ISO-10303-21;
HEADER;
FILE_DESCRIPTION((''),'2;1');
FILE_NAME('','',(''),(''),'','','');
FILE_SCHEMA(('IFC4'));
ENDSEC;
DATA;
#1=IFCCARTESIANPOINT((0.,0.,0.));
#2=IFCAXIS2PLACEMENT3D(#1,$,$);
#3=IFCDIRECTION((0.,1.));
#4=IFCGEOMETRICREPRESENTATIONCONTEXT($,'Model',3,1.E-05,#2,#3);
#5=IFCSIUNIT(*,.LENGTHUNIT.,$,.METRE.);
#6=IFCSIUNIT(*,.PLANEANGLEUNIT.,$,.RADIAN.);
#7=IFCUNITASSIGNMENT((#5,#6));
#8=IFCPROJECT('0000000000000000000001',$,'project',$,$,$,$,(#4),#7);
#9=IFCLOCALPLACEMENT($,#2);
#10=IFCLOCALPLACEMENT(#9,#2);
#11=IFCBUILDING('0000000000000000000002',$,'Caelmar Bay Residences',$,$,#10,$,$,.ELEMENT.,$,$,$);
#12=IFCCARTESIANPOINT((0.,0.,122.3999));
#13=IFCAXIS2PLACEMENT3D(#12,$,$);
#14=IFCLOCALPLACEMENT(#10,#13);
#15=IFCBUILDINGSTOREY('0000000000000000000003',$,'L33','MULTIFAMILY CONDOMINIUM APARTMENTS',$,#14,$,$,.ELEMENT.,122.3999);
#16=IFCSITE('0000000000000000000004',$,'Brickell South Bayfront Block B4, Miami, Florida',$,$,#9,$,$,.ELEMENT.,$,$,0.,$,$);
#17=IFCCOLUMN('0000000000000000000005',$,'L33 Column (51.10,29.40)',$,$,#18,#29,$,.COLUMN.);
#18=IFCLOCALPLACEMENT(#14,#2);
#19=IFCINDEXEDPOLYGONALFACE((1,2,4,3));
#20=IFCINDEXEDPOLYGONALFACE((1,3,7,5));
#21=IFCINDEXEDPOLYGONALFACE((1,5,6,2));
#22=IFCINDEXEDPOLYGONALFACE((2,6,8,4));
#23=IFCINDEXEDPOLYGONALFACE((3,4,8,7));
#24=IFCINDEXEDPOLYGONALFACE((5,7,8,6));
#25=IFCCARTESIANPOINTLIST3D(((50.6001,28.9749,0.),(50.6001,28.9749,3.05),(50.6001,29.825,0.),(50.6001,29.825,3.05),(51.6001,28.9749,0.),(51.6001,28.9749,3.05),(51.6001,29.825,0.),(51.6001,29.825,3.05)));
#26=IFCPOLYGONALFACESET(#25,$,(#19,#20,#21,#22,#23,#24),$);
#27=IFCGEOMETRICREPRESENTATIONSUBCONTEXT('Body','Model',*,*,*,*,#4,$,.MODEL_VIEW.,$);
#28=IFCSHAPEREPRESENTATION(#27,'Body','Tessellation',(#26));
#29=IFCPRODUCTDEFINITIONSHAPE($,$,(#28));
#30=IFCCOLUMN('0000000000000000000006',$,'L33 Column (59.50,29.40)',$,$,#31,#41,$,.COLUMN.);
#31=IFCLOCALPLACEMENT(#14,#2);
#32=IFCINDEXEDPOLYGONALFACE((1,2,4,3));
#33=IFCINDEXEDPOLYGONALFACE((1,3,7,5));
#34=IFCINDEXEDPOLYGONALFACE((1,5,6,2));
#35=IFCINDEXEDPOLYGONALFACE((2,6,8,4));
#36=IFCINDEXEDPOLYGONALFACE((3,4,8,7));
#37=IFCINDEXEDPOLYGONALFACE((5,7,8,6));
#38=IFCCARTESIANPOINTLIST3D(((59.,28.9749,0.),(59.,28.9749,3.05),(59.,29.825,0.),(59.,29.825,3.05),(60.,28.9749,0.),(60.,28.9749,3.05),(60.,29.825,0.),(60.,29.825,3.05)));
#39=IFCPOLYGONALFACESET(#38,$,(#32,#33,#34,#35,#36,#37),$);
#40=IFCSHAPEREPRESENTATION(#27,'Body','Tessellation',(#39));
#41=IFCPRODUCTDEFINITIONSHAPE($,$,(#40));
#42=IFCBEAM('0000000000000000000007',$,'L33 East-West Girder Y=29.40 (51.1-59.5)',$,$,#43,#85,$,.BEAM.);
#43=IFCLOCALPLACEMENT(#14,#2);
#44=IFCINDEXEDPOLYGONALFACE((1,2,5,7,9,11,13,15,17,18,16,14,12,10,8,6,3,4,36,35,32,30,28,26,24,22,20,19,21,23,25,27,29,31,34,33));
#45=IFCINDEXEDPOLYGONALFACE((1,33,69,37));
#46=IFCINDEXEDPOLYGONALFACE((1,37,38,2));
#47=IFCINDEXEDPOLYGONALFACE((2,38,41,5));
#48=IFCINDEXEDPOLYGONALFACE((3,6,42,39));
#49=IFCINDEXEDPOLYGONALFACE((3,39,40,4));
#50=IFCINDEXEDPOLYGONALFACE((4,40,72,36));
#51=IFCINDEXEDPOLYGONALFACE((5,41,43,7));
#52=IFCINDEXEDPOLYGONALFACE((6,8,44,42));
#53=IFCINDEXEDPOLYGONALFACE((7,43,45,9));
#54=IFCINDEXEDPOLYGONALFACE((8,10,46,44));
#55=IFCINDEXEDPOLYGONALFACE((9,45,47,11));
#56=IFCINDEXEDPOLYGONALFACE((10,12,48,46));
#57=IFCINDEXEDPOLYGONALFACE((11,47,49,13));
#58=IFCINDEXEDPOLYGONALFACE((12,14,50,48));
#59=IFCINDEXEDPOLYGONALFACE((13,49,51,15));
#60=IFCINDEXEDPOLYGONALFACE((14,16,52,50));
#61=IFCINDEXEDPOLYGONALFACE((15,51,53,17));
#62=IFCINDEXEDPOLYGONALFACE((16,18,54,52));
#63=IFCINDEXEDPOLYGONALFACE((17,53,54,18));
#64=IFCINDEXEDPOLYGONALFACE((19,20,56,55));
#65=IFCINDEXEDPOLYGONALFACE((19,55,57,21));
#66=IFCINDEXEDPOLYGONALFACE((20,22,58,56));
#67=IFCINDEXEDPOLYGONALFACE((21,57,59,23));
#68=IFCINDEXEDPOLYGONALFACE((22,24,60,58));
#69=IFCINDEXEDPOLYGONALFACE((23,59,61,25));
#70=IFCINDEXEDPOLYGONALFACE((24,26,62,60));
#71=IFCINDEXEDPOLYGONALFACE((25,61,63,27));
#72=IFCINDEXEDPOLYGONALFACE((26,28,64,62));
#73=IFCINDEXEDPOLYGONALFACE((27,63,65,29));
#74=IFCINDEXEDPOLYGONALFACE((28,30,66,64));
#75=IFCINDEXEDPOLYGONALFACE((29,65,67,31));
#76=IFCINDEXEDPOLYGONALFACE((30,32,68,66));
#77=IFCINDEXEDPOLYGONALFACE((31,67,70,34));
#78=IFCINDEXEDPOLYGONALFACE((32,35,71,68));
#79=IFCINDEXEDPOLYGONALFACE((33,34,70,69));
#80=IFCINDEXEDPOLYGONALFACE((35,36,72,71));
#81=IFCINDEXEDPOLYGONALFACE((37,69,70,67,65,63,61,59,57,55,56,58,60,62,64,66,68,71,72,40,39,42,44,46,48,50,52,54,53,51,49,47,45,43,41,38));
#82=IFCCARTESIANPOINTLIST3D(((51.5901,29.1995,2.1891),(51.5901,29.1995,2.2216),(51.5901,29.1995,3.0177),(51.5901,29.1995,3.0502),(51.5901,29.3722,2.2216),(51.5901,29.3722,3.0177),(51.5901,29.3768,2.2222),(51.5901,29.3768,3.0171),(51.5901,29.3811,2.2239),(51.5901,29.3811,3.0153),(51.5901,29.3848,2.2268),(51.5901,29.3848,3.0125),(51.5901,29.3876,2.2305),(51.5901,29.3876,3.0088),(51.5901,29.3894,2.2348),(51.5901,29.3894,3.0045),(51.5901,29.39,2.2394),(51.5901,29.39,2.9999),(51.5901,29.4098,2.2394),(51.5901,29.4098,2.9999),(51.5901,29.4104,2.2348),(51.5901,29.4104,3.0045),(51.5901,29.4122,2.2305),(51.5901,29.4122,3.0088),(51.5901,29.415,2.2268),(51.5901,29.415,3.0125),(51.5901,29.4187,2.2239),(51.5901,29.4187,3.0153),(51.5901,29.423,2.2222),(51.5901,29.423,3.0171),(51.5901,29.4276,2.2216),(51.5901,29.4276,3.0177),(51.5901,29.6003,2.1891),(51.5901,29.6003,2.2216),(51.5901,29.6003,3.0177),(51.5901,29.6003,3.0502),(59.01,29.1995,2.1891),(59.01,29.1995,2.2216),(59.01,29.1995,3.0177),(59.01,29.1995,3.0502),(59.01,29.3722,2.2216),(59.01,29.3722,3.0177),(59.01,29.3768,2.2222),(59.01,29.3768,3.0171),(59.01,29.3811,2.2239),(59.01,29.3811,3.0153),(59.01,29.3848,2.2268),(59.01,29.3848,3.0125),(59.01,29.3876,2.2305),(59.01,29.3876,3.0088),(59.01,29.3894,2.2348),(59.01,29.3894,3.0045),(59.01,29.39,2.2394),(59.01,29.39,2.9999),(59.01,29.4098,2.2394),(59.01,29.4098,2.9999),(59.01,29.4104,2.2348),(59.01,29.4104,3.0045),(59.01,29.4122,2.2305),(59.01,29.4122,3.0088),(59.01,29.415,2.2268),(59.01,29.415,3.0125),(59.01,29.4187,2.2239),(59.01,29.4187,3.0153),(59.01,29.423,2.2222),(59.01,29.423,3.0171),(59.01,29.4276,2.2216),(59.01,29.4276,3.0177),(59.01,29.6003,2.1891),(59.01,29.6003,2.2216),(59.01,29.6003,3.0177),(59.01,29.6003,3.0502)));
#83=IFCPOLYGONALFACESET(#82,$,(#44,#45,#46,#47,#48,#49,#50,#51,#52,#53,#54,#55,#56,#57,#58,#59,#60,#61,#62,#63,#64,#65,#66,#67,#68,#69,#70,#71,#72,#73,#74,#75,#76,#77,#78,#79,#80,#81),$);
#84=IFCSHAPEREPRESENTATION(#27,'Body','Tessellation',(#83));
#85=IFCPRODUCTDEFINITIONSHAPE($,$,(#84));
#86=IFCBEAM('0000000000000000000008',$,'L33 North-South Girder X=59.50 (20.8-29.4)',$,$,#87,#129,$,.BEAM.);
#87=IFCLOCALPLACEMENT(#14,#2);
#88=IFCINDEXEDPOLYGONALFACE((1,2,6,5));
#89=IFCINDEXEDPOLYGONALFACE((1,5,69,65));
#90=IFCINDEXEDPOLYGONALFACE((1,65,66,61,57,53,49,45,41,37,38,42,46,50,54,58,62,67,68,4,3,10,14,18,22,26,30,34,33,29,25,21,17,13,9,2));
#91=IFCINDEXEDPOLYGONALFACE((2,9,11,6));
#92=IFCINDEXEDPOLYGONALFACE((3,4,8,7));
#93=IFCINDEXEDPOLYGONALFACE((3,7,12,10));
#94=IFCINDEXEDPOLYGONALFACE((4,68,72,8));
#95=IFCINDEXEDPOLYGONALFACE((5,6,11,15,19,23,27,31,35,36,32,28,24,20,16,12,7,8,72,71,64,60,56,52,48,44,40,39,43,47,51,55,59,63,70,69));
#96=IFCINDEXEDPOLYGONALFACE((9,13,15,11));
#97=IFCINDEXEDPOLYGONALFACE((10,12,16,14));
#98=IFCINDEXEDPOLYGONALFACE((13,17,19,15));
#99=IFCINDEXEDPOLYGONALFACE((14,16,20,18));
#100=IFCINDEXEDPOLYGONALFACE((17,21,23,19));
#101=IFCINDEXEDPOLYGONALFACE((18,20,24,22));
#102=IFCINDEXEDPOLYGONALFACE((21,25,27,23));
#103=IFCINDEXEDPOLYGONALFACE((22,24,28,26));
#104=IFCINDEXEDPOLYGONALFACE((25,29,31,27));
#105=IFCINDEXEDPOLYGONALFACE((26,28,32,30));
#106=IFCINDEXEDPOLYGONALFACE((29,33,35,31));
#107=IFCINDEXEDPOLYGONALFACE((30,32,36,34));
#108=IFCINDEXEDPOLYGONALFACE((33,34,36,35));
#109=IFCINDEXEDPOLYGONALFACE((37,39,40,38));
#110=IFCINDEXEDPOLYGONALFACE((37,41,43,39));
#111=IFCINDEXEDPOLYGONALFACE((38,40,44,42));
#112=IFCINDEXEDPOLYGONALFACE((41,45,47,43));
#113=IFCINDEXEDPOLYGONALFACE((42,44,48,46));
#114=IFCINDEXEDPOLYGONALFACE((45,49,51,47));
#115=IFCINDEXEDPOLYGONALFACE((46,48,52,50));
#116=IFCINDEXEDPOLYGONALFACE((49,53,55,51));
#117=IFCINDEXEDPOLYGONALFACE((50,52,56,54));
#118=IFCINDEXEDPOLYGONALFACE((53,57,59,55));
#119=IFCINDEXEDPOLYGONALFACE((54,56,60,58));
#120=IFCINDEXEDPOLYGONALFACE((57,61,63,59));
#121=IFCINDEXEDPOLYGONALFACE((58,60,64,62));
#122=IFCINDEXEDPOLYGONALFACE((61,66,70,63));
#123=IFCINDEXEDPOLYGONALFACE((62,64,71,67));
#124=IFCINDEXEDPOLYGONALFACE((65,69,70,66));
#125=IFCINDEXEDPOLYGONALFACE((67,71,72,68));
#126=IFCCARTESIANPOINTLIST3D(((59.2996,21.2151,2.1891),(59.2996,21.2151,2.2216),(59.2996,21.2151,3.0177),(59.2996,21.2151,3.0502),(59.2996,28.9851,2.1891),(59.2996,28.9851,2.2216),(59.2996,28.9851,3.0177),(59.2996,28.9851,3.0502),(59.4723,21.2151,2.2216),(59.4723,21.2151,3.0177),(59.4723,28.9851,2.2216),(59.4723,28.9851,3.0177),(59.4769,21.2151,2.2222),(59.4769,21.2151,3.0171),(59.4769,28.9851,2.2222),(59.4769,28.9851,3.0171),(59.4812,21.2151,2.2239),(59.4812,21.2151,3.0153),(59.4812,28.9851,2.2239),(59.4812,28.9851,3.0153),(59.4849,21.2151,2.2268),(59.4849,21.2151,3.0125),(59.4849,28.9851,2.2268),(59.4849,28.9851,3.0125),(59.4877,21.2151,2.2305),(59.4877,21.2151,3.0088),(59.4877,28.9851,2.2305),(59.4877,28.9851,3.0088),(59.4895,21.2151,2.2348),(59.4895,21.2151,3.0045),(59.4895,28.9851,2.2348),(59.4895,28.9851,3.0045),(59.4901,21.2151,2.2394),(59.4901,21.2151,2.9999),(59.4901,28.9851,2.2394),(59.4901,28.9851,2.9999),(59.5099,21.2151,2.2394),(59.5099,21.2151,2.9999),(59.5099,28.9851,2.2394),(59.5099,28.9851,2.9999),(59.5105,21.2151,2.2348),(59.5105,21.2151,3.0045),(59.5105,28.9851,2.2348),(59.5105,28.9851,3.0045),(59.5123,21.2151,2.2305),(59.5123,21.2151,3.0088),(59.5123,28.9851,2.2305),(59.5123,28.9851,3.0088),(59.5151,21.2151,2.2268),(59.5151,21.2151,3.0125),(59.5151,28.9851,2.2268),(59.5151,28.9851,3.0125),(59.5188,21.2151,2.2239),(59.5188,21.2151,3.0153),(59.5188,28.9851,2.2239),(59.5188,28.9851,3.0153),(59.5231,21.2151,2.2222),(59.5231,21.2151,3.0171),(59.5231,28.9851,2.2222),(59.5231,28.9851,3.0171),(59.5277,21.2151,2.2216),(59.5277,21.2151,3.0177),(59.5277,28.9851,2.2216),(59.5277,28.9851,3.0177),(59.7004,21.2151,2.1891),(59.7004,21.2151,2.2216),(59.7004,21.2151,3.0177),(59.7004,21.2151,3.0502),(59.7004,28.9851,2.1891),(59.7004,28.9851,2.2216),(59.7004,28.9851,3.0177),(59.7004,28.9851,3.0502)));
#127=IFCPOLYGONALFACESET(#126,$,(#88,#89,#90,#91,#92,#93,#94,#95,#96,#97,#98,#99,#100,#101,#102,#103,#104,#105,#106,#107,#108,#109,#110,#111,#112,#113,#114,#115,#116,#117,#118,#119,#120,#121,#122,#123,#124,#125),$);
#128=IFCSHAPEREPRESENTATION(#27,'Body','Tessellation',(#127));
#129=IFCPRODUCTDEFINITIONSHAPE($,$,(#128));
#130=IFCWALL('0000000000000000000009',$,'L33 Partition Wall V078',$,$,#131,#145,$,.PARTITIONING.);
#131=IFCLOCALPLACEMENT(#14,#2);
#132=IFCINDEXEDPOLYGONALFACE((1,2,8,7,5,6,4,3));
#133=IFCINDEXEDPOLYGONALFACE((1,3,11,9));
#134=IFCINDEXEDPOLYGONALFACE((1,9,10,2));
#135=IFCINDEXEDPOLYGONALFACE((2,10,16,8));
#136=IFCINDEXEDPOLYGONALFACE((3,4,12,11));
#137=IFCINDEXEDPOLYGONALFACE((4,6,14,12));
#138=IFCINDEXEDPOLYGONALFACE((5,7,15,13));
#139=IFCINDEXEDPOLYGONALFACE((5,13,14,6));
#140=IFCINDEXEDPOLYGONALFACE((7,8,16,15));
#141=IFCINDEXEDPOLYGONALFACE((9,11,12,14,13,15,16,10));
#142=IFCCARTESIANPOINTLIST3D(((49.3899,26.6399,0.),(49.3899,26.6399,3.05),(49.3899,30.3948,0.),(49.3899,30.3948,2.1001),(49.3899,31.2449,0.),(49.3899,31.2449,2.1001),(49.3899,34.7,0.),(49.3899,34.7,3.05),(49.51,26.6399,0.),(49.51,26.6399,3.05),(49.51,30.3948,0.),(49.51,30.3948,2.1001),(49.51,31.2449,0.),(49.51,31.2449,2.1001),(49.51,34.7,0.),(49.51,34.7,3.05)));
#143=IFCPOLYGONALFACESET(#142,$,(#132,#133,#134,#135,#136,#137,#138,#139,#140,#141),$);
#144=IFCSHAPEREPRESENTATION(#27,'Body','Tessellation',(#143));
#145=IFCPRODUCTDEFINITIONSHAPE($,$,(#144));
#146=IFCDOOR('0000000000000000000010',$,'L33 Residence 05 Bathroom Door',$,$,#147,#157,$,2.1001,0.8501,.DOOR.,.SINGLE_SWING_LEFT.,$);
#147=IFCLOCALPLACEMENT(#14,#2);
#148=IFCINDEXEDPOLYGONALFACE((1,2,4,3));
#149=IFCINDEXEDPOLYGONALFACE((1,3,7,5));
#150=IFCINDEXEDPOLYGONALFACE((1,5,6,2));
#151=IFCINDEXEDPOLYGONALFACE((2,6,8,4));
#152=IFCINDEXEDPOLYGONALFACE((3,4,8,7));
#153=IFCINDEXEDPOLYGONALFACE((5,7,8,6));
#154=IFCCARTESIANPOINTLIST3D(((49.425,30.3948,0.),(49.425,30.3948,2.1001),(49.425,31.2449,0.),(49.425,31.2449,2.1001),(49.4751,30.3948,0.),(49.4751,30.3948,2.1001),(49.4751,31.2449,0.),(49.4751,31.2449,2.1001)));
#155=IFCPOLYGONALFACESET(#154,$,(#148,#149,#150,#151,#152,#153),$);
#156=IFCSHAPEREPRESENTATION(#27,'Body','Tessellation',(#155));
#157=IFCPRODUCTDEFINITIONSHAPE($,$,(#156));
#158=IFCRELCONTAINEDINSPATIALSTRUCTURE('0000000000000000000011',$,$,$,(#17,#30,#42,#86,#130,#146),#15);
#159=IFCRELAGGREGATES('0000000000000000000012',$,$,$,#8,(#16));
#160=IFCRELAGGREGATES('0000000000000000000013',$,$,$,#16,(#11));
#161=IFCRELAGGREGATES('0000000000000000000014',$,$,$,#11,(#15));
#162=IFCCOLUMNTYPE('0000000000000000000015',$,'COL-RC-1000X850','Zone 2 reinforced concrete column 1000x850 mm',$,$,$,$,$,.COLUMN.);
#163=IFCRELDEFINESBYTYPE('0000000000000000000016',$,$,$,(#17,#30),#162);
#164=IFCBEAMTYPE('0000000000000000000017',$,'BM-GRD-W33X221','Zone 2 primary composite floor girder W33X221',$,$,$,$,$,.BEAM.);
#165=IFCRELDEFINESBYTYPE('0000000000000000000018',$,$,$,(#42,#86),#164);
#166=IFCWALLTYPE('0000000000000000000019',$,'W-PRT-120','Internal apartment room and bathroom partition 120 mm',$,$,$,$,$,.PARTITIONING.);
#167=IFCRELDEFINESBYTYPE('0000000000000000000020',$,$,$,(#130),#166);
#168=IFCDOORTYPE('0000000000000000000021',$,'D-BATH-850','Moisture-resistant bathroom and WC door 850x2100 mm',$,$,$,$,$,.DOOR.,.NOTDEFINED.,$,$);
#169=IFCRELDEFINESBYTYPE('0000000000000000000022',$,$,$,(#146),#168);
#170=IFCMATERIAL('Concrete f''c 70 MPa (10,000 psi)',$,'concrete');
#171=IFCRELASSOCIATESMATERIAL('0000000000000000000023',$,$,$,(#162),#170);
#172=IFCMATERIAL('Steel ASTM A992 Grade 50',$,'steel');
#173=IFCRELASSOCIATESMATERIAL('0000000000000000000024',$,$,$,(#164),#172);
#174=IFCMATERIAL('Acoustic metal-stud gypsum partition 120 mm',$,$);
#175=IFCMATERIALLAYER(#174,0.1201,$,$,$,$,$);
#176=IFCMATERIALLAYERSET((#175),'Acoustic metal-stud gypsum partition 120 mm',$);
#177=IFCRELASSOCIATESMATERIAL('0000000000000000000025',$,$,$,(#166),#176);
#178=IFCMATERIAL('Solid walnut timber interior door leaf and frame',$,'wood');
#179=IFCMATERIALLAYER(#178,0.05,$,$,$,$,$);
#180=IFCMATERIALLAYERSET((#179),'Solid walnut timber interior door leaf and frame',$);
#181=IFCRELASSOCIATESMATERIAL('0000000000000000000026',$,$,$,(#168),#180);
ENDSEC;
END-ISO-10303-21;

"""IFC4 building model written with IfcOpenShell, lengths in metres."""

from ifc_helpers import new_model, si_unit, direction, frame, frame_2d, origin, origin_2d, place, context, subcontext, project, spatial, rectangle, i_section, extrude, material, layer, layer_set, material_profile, profile_set, type_object, element, fill, save


model = new_model("IFC4")

# Units and contexts
model_context = context("Model", 3, precision=1e-05, world=origin(), true_north=direction((0.0, 1.0)))
body_context = subcontext(model_context, "Body", "Model", "MODEL_VIEW")
ifc_project = project(units=[si_unit("LENGTHUNIT", "METRE"), si_unit("PLANEANGLEUNIT", "RADIAN")], contexts=[model_context])

# Site, building, storey
site_placement = place(None, origin())
site = spatial("IfcSite", under=ifc_project, at=site_placement, Name="Brickell South Bayfront Block B4, Miami, Florida", CompositionType="ELEMENT", RefElevation=0.0)
building_placement = place(site_placement, origin())
building = spatial("IfcBuilding", under=site, at=building_placement, Name="Caelmar Bay Residences", CompositionType="ELEMENT")
storey_placement = place(building_placement, frame((0.0, 0.0, 122.3999)))
storey = spatial("IfcBuildingStorey", under=building, at=storey_placement, Name="L33", Description="MULTIFAMILY CONDOMINIUM APARTMENTS", CompositionType="ELEMENT", Elevation=122.3999)

# Columns
ifc_material_1 = material(Name="Concrete f'c 70 MPa (10,000 psi)", Category="concrete")
ifc_material_profile_1 = material_profile(ifc_material_1, rectangle(XDim=1.0, YDim=0.8501, at=origin_2d()), Name="RC-COL-1000X850")
ifc_profile_set_1 = profile_set([ifc_material_profile_1], Name="Concrete f'c 70 MPa (10,000 psi)")
column_type = type_object("IfcColumnType", Name="COL-RC-1000X850", Description="Zone 2 reinforced concrete column 1000x850 mm", PredefinedType="COLUMN", material=ifc_profile_set_1)
for number, where, z_axis, x_axis, name in (
    (1, (51.1001, 29.3999, 0.0), (0.0, 0.0, 1.0), (1.0, 0.0, 0.0), "L33 Column (51.10,29.40)"),
    (2, (59.5, 29.3999, 0.0), (0.0, 0.0, 1.0), (1.0, 0.0, 0.0), "L33 Column (59.50,29.40)"),
):
    element("IfcColumn", number, at=place(storey_placement, frame(where, z_axis=z_axis, x_axis=x_axis)), inside=storey, type_object=column_type, Name=name, PredefinedType="COLUMN", context=body_context, shape_type="SweptSolid", body=[
        extrude(rectangle(XDim=1.0, YDim=0.8501, at=origin_2d()), origin(), (0.0, 0.0, 1.0), 3.05),
    ])

# Beams
ifc_material_2 = material(Name="Steel ASTM A992 Grade 50", Category="steel")
ifc_material_profile_2 = material_profile(ifc_material_2, i_section(OverallWidth=0.4009, OverallDepth=0.8611, WebThickness=0.0198, FlangeThickness=0.0325, FilletRadius=0.0178, at=origin_2d()), Name="W33X221")
ifc_profile_set_2 = profile_set([ifc_material_profile_2], Name="Steel ASTM A992 Grade 50")
beam_type = type_object("IfcBeamType", Name="BM-GRD-W33X221", Description="Zone 2 primary composite floor girder W33X221", PredefinedType="BEAM", material=ifc_profile_set_2)
beam_1_placement = place(storey_placement, frame((51.5901, 29.3999, 2.6196), z_axis=(1.0, 0.0, 0.0), x_axis=(0.0, 1.0, 0.0)))
element("IfcBeam", 3, at=beam_1_placement, inside=storey, type_object=beam_type, Name="L33 East-West Girder Y=29.40 (51.1-59.5)", PredefinedType="BEAM", context=body_context, shape_type="SweptSolid", body=[
    extrude(i_section(OverallWidth=0.4009, OverallDepth=0.8611, WebThickness=0.0198, FlangeThickness=0.0325, FilletRadius=0.0178, at=origin_2d()), origin(), (0.0, 0.0, 1.0), 7.4199),
])
beam_2_placement = place(storey_placement, frame((59.5, 21.2151, 2.6196), z_axis=(0.0, 1.0, 0.0), x_axis=(-1.0, 0.0, 0.0)))
element("IfcBeam", 4, at=beam_2_placement, inside=storey, type_object=beam_type, Name="L33 North-South Girder X=59.50 (20.8-29.4)", PredefinedType="BEAM", context=body_context, shape_type="SweptSolid", body=[
    extrude(i_section(OverallWidth=0.4009, OverallDepth=0.8611, WebThickness=0.0198, FlangeThickness=0.0325, FilletRadius=0.0178, at=origin_2d()), origin(), (0.0, 0.0, 1.0), 7.77),
])

# Wall, opening, door
ifc_material_3 = material(Name="Acoustic metal-stud gypsum partition 120 mm")
ifc_layer_1 = layer(ifc_material_3, 0.1201)
ifc_layer_set_1 = layer_set([ifc_layer_1], Name="Acoustic metal-stud gypsum partition 120 mm")
wall_type_1 = type_object("IfcWallType", Name="W-PRT-120", Description="Internal apartment room and bathroom partition 120 mm", PredefinedType="PARTITIONING", material=ifc_layer_set_1)
wall_1_placement = place(storey_placement, frame((49.45, 26.6399, 0.0), z_axis=(0.0, 0.0, 1.0), x_axis=(0.0, 1.0, 0.0)))
wall_1 = element("IfcWall", 5, at=wall_1_placement, inside=storey, type_object=wall_type_1, Name="L33 Partition Wall V078", PredefinedType="PARTITIONING", context=body_context, shape_type="SweptSolid", body=[
    extrude(rectangle(XDim=8.0601, YDim=0.1201, at=frame_2d((4.03, 0.0))), origin(), (0.0, 0.0, 1.0), 3.05),
])
opening_1_placement = place(wall_1_placement, frame((3.7549, 0.0, 0.0)))
opening_1 = element("IfcOpeningElement", 6, at=opening_1_placement, cuts=wall_1, PredefinedType="OPENING", context=body_context, shape_type="SweptSolid", body=[
    extrude(rectangle(XDim=0.8501, YDim=2.1001, at=frame_2d((0.425, 1.05))), frame((0.0, 0.0701, 0.0), z_axis=(0.0, -1.0, 0.0), x_axis=(1.0, 0.0, 0.0)), (0.0, 0.0, 1.0), 0.1401),
])
ifc_material_4 = material(Name="Solid walnut timber interior door leaf and frame", Category="wood")
ifc_layer_2 = layer(ifc_material_4, 0.05)
ifc_layer_set_2 = layer_set([ifc_layer_2], Name="Solid walnut timber interior door leaf and frame")
door_type_1 = type_object("IfcDoorType", Name="D-BATH-850", Description="Moisture-resistant bathroom and WC door 850x2100 mm", OperationType="NOTDEFINED", PredefinedType="DOOR", material=ifc_layer_set_2)
door_1_placement = place(opening_1_placement, origin())
door_1 = element("IfcDoor", 7, at=door_1_placement, inside=storey, type_object=door_type_1, Name="L33 Residence 05 Bathroom Door", OperationType="SINGLE_SWING_LEFT", OverallHeight=2.1001, OverallWidth=0.8501, PredefinedType="DOOR", context=body_context, shape_type="SweptSolid", body=[
    extrude(rectangle(XDim=0.8501, YDim=2.1001, at=frame_2d((0.425, 1.05))), frame((0.0, 0.0249, 0.0), z_axis=(0.0, -1.0, 0.0), x_axis=(1.0, 0.0, 0.0)), (0.0, 0.0, 1.0), 0.05),
])
fill(opening_1, door_1)

save(model, "model.ifc")
